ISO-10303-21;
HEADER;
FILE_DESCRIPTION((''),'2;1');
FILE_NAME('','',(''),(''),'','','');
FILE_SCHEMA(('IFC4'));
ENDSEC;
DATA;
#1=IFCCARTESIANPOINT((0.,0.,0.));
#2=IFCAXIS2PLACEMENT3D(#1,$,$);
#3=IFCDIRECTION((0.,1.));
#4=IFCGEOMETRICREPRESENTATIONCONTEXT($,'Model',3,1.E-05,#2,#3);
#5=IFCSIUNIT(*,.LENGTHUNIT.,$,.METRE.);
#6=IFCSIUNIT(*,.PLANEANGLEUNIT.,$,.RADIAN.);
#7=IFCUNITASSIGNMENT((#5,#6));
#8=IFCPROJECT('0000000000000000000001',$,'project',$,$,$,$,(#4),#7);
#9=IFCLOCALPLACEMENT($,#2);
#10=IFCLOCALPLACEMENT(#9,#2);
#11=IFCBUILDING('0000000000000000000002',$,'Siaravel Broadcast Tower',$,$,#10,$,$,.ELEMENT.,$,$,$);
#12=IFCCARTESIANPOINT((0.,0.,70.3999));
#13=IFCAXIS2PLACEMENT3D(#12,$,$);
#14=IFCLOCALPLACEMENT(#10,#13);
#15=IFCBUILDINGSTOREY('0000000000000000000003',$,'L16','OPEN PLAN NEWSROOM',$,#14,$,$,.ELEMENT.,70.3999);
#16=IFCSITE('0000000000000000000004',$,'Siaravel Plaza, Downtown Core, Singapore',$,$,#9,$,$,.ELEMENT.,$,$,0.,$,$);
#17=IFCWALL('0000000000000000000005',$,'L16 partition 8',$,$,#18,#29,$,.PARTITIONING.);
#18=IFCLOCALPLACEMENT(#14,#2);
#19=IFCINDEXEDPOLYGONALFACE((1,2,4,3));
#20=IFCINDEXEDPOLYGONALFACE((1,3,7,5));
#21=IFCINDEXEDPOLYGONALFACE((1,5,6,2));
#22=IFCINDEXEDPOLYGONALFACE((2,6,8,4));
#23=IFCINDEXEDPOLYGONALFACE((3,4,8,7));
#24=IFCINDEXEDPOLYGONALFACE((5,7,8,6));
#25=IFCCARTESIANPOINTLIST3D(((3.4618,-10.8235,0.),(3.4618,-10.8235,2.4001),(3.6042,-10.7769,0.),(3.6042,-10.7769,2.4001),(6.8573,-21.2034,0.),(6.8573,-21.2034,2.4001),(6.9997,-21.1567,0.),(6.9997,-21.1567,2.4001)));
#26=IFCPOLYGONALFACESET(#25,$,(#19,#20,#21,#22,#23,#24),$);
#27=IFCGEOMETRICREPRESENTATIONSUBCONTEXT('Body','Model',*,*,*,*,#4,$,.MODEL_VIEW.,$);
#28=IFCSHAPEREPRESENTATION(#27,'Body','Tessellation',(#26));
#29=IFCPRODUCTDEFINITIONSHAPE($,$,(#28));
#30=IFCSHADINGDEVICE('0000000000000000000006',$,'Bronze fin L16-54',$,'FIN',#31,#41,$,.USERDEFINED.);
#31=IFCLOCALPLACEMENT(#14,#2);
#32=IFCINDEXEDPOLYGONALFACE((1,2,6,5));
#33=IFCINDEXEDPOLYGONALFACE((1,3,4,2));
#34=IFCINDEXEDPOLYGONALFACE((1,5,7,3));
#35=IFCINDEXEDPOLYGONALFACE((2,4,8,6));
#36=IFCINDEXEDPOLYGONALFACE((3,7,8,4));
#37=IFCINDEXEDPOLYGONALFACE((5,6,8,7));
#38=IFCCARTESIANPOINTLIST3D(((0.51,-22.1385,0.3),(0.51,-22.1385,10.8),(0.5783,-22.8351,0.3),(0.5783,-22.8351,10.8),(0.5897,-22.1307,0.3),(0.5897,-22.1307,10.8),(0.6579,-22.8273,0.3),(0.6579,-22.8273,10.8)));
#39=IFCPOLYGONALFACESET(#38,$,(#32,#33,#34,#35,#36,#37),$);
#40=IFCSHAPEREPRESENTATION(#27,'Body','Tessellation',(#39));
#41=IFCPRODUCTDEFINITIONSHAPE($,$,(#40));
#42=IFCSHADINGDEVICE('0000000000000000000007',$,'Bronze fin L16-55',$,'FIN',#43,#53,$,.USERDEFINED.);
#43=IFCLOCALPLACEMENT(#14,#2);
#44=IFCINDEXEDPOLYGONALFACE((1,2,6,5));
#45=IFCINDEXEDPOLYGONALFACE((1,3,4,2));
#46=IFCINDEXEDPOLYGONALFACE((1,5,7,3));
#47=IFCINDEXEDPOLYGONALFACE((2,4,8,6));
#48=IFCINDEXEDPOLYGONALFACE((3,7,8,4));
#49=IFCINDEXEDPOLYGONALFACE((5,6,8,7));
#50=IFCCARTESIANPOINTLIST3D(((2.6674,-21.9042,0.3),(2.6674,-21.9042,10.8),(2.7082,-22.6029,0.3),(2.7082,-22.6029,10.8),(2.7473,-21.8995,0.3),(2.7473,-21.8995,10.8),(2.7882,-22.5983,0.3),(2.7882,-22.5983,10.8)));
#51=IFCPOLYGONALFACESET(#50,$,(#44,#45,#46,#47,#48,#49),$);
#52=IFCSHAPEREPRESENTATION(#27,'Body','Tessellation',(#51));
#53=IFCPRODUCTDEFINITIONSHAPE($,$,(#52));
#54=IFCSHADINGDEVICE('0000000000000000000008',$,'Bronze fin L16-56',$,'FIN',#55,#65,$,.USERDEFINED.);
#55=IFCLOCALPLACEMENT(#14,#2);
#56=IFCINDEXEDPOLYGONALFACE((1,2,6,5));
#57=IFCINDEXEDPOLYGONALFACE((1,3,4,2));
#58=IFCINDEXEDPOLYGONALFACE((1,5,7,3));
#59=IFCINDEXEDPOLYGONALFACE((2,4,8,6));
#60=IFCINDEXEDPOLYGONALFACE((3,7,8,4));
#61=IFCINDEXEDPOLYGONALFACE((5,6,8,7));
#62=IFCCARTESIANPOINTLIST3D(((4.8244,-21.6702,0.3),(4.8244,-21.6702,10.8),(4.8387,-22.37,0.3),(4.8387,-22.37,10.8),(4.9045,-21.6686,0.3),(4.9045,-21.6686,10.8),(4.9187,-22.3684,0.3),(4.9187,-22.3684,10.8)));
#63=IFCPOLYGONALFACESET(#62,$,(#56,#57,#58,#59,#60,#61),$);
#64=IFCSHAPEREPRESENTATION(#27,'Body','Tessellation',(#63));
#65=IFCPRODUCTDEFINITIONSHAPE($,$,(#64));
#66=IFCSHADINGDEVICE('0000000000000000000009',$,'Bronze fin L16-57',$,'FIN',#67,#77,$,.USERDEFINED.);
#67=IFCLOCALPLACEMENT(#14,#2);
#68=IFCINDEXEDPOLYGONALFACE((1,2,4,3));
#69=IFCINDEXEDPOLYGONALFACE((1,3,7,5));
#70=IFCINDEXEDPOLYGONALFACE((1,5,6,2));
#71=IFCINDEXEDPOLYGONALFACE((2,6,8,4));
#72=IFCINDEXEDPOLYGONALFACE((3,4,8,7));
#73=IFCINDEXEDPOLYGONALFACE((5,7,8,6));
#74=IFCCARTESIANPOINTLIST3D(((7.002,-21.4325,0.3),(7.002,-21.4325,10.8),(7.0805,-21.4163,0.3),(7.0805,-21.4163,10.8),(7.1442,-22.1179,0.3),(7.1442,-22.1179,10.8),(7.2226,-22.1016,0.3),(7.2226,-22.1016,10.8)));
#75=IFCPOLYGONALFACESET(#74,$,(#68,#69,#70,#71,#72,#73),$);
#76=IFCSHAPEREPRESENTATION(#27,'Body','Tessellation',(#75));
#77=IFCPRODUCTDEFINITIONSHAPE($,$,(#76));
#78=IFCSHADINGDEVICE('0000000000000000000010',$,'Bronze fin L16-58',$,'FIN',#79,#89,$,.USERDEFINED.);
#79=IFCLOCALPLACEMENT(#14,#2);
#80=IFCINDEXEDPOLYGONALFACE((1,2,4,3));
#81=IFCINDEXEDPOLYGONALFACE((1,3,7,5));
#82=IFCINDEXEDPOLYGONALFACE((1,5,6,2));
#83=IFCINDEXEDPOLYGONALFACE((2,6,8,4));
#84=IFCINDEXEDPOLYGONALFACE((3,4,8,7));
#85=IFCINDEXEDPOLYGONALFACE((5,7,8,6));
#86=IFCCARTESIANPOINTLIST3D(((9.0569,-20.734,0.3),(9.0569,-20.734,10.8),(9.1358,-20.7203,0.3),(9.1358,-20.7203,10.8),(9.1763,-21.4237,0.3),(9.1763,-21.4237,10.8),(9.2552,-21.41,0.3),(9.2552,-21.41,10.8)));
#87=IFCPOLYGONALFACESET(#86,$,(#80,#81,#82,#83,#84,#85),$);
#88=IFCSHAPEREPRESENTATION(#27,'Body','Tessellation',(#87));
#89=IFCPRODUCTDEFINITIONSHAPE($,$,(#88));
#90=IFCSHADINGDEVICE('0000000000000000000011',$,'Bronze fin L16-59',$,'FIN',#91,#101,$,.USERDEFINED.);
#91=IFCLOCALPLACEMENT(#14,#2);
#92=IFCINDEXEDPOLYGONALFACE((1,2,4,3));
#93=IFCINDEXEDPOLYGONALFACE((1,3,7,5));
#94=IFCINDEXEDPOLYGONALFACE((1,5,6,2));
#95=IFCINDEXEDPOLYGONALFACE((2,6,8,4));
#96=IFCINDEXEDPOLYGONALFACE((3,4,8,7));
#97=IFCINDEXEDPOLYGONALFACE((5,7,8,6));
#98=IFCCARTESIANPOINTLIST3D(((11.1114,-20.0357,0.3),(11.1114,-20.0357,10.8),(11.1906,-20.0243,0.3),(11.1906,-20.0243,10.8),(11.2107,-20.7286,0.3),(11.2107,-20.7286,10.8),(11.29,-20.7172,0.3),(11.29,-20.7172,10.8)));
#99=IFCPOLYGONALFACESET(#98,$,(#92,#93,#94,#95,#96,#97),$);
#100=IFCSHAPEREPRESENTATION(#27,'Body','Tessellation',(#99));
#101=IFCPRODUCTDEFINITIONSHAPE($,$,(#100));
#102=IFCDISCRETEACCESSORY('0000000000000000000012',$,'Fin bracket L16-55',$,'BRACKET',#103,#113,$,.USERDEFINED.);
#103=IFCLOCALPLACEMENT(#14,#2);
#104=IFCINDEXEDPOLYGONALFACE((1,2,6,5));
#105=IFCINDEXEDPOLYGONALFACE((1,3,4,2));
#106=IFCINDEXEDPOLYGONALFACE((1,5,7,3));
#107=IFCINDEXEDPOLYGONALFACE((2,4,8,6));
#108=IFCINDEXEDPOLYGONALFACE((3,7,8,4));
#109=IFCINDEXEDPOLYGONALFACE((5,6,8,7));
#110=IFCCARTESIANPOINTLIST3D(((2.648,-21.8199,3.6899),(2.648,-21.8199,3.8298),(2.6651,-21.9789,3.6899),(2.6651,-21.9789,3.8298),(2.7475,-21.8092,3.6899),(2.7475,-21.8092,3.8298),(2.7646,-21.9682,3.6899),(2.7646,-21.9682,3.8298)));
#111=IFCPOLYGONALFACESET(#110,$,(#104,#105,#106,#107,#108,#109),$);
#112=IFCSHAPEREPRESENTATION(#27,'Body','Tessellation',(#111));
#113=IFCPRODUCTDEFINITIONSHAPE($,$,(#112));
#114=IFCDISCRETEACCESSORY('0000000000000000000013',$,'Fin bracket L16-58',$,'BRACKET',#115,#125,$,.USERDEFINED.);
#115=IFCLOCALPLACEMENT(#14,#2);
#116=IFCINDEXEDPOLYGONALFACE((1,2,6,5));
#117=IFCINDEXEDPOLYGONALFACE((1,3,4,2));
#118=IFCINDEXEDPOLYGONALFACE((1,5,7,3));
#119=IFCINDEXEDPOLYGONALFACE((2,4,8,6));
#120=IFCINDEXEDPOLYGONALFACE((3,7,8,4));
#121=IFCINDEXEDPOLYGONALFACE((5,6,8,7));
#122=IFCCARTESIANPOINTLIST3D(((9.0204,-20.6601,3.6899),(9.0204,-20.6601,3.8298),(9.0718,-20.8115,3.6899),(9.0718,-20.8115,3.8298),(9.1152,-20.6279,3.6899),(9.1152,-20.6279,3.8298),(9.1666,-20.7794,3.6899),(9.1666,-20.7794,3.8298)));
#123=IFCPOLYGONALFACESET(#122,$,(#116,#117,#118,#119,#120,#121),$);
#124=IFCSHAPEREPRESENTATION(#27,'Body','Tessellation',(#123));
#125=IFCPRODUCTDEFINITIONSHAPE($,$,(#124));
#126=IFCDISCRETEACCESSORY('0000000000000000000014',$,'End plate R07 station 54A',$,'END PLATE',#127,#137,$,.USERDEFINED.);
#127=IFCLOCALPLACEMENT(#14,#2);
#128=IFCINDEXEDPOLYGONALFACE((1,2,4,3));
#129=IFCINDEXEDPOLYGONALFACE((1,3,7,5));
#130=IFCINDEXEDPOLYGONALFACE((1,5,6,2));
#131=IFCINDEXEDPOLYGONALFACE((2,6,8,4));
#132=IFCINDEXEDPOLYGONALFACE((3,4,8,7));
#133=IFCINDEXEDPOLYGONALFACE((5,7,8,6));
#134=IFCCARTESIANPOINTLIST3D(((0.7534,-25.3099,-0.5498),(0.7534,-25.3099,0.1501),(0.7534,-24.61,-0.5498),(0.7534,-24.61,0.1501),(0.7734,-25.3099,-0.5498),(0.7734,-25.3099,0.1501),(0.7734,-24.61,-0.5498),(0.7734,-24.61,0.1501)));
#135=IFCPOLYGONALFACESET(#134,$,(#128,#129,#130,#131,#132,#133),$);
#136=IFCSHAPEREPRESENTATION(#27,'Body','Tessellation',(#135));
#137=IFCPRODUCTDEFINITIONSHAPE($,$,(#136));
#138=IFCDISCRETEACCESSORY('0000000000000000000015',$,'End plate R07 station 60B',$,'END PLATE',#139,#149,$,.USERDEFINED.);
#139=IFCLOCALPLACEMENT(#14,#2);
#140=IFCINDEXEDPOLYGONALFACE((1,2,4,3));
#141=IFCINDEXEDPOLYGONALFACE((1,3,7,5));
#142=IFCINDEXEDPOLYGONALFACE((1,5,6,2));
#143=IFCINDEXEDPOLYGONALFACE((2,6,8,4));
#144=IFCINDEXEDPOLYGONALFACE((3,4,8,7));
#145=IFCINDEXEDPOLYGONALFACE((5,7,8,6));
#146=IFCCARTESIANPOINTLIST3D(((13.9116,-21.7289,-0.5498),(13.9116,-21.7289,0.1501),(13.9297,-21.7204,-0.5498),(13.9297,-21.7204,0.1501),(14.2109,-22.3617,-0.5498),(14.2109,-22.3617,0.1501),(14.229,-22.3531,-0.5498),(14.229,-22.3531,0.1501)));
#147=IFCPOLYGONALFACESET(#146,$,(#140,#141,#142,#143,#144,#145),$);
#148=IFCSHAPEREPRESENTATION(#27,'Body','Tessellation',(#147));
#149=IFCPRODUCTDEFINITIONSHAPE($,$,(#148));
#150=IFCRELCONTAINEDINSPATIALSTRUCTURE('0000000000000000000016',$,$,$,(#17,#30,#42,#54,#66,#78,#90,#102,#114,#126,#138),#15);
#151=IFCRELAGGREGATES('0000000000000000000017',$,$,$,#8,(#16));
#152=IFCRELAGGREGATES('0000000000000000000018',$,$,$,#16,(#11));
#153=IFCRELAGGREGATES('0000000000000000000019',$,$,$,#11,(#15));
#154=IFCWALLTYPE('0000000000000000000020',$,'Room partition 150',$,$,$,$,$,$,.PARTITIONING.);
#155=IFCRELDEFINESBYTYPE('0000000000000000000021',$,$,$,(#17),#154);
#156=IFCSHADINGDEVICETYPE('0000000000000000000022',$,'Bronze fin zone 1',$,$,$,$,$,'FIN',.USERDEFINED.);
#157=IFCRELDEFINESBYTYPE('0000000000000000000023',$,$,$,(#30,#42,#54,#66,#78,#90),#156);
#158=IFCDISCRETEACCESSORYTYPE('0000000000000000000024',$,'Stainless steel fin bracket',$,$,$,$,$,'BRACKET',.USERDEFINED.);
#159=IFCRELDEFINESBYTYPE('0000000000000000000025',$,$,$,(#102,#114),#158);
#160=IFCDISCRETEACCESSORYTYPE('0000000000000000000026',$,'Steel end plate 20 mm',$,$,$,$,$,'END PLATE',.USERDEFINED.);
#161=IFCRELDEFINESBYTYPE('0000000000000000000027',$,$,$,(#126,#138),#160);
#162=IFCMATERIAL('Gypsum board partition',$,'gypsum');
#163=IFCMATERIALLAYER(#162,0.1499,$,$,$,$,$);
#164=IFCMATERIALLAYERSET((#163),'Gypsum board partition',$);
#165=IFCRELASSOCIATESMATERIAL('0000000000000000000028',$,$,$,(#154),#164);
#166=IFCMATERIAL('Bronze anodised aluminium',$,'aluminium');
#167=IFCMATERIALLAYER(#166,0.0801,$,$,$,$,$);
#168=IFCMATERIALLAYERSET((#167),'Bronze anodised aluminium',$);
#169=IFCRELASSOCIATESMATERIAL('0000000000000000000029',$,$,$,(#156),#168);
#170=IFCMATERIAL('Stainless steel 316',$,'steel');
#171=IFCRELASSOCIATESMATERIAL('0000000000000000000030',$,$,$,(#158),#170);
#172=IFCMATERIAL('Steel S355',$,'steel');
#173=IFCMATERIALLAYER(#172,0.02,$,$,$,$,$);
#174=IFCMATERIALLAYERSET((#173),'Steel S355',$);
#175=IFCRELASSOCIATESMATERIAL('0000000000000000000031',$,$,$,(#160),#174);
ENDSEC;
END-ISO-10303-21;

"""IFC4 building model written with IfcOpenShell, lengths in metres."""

from ifc_helpers import new_model, si_unit, direction, frame, frame_2d, origin, origin_2d, place, context, subcontext, project, spatial, rectangle, extrude, material, layer, layer_set, type_object, element, save


model = new_model("IFC4")

# Units and contexts
model_context = context("Model", 3, precision=1e-05, world=origin(), true_north=direction((0.0, 1.0)))
body_context = subcontext(model_context, "Body", "Model", "MODEL_VIEW")
ifc_project = project(units=[si_unit("LENGTHUNIT", "METRE"), si_unit("PLANEANGLEUNIT", "RADIAN")], contexts=[model_context])

# Site, building, storey
site_placement = place(None, origin())
site = spatial("IfcSite", under=ifc_project, at=site_placement, Name="Siaravel Plaza, Downtown Core, Singapore", CompositionType="ELEMENT", RefElevation=0.0)
building_placement = place(site_placement, origin())
building = spatial("IfcBuilding", under=site, at=building_placement, Name="Siaravel Broadcast Tower", CompositionType="ELEMENT")
storey_placement = place(building_placement, frame((0.0, 0.0, 70.3999)))
storey = spatial("IfcBuildingStorey", under=building, at=storey_placement, Name="L16", Description="OPEN PLAN NEWSROOM", CompositionType="ELEMENT", Elevation=70.3999)

# Shared definitions
ifc_material_1 = material(Name="Steel S355", Category="steel")

# Wall
ifc_material_2 = material(Name="Gypsum board partition", Category="gypsum")
ifc_layer_1 = layer(ifc_material_2, 0.1499)
ifc_layer_set_1 = layer_set([ifc_layer_1], Name="Gypsum board partition")
wall_type = type_object("IfcWallType", Name="Room partition 150", PredefinedType="PARTITIONING", material=ifc_layer_set_1)
wall_placement = place(storey_placement, frame((6.9285, -21.1799, 0.0), z_axis=(0.0, 0.0, 1.0), x_axis=(-0.310911, 0.950439, 0.0)))
element("IfcWall", 1, at=wall_placement, inside=storey, type_object=wall_type, Name="L16 partition 8", PredefinedType="PARTITIONING", context=body_context, shape_type="SweptSolid", body=[
    extrude(rectangle(XDim=10.9211, YDim=0.1499, at=frame_2d((5.4604, 0.0))), origin(), (0.0, 0.0, 1.0), 2.4001),
])

# Shading devices
ifc_material_3 = material(Name="Bronze anodised aluminium", Category="aluminium")
ifc_layer_2 = layer(ifc_material_3, 0.0801)
ifc_layer_set_2 = layer_set([ifc_layer_2], Name="Bronze anodised aluminium")
shading_device_type = type_object("IfcShadingDeviceType", Name="Bronze fin zone 1", ElementType="FIN", PredefinedType="USERDEFINED", material=ifc_layer_set_2)
for number, where, z_axis, x_axis, name in (
    (2, (0.584, -22.4829, 0.3), (0.0, 0.0, 1.0), (0.097477, -0.995238, 0.0), "Bronze fin L16-54"),
    (3, (2.7278, -22.2512, 0.3), (0.0, 0.0, 1.0), (0.058386, -0.998294, 0.0), "Bronze fin L16-55"),
    (4, (4.8716, -22.0193, 0.3), (0.0, 0.0, 1.0), (0.020307, -0.999794, 0.0), "Bronze fin L16-56"),
    (5, (7.1123, -21.7671, 0.3), (0.0, 0.0, 1.0), (0.203027, -0.979173, 0.0), "Bronze fin L16-57"),
    (6, (9.156, -21.072, 0.3), (0.0, 0.0, 1.0), (0.170576, -0.985345, 0.0), "Bronze fin L16-58"),
    (7, (11.2007, -20.3765, 0.3), (0.0, 0.0, 1.0), (0.141917, -0.989879, 0.0), "Bronze fin L16-59"),
):
    element("IfcShadingDevice", number, at=place(storey_placement, frame(where, z_axis=z_axis, x_axis=x_axis)), inside=storey, type_object=shading_device_type, Name=name, ObjectType="FIN", PredefinedType="USERDEFINED", context=body_context, shape_type="SweptSolid", body=[
        extrude(rectangle(XDim=0.7, YDim=0.0801, at=origin_2d()), origin(), (0.0, 0.0, 1.0), 10.5),
    ])

# Discrete accessories
ifc_material_4 = material(Name="Stainless steel 316", Category="steel")
discrete_accessory_type_1 = type_object("IfcDiscreteAccessoryType", Name="Stainless steel fin bracket", ElementType="BRACKET", PredefinedType="USERDEFINED", material=ifc_material_4)
for number, where, z_axis, x_axis, name in (
    (8, (2.7063, -21.894, 3.6899), (0.0, 0.0, 1.0), (0.107219, -0.994235, 0.0), "Fin bracket L16-55"),
    (9, (9.0935, -20.7197, 3.6899), (0.0, 0.0, 1.0), (0.321301, -0.946977, 0.0), "Fin bracket L16-58"),
):
    element("IfcDiscreteAccessory", number, at=place(storey_placement, frame(where, z_axis=z_axis, x_axis=x_axis)), inside=storey, type_object=discrete_accessory_type_1, Name=name, ObjectType="BRACKET", PredefinedType="USERDEFINED", context=body_context, shape_type="SweptSolid", body=[
        extrude(rectangle(XDim=0.1599, YDim=0.1001, at=origin_2d()), origin(), (0.0, 0.0, 1.0), 0.1399),
    ])
ifc_layer_3 = layer(ifc_material_1, 0.02)
ifc_layer_set_3 = layer_set([ifc_layer_3], Name="Steel S355")
discrete_accessory_type_2 = type_object("IfcDiscreteAccessoryType", Name="Steel end plate 20 mm", ElementType="END PLATE", PredefinedType="USERDEFINED", material=ifc_layer_set_3)
for number, where, z_axis, x_axis, name in (
    (10, (0.7634, -24.96, -0.5498), (0.0, 0.0, 1.0), (1.0, 0.0, 0.0), "End plate R07 station 54A"),
    (11, (14.0703, -22.041, -0.5498), (0.0, 0.0, 1.0), (0.904007, 0.427517, 0.0), "End plate R07 station 60B"),
):
    element("IfcDiscreteAccessory", number, at=place(storey_placement, frame(where, z_axis=z_axis, x_axis=x_axis)), inside=storey, type_object=discrete_accessory_type_2, Name=name, ObjectType="END PLATE", PredefinedType="USERDEFINED", context=body_context, shape_type="SweptSolid", body=[
        extrude(rectangle(XDim=0.02, YDim=0.7, at=origin_2d()), origin(), (0.0, 0.0, 1.0), 0.7),
    ])

save(model, "model.ifc")
